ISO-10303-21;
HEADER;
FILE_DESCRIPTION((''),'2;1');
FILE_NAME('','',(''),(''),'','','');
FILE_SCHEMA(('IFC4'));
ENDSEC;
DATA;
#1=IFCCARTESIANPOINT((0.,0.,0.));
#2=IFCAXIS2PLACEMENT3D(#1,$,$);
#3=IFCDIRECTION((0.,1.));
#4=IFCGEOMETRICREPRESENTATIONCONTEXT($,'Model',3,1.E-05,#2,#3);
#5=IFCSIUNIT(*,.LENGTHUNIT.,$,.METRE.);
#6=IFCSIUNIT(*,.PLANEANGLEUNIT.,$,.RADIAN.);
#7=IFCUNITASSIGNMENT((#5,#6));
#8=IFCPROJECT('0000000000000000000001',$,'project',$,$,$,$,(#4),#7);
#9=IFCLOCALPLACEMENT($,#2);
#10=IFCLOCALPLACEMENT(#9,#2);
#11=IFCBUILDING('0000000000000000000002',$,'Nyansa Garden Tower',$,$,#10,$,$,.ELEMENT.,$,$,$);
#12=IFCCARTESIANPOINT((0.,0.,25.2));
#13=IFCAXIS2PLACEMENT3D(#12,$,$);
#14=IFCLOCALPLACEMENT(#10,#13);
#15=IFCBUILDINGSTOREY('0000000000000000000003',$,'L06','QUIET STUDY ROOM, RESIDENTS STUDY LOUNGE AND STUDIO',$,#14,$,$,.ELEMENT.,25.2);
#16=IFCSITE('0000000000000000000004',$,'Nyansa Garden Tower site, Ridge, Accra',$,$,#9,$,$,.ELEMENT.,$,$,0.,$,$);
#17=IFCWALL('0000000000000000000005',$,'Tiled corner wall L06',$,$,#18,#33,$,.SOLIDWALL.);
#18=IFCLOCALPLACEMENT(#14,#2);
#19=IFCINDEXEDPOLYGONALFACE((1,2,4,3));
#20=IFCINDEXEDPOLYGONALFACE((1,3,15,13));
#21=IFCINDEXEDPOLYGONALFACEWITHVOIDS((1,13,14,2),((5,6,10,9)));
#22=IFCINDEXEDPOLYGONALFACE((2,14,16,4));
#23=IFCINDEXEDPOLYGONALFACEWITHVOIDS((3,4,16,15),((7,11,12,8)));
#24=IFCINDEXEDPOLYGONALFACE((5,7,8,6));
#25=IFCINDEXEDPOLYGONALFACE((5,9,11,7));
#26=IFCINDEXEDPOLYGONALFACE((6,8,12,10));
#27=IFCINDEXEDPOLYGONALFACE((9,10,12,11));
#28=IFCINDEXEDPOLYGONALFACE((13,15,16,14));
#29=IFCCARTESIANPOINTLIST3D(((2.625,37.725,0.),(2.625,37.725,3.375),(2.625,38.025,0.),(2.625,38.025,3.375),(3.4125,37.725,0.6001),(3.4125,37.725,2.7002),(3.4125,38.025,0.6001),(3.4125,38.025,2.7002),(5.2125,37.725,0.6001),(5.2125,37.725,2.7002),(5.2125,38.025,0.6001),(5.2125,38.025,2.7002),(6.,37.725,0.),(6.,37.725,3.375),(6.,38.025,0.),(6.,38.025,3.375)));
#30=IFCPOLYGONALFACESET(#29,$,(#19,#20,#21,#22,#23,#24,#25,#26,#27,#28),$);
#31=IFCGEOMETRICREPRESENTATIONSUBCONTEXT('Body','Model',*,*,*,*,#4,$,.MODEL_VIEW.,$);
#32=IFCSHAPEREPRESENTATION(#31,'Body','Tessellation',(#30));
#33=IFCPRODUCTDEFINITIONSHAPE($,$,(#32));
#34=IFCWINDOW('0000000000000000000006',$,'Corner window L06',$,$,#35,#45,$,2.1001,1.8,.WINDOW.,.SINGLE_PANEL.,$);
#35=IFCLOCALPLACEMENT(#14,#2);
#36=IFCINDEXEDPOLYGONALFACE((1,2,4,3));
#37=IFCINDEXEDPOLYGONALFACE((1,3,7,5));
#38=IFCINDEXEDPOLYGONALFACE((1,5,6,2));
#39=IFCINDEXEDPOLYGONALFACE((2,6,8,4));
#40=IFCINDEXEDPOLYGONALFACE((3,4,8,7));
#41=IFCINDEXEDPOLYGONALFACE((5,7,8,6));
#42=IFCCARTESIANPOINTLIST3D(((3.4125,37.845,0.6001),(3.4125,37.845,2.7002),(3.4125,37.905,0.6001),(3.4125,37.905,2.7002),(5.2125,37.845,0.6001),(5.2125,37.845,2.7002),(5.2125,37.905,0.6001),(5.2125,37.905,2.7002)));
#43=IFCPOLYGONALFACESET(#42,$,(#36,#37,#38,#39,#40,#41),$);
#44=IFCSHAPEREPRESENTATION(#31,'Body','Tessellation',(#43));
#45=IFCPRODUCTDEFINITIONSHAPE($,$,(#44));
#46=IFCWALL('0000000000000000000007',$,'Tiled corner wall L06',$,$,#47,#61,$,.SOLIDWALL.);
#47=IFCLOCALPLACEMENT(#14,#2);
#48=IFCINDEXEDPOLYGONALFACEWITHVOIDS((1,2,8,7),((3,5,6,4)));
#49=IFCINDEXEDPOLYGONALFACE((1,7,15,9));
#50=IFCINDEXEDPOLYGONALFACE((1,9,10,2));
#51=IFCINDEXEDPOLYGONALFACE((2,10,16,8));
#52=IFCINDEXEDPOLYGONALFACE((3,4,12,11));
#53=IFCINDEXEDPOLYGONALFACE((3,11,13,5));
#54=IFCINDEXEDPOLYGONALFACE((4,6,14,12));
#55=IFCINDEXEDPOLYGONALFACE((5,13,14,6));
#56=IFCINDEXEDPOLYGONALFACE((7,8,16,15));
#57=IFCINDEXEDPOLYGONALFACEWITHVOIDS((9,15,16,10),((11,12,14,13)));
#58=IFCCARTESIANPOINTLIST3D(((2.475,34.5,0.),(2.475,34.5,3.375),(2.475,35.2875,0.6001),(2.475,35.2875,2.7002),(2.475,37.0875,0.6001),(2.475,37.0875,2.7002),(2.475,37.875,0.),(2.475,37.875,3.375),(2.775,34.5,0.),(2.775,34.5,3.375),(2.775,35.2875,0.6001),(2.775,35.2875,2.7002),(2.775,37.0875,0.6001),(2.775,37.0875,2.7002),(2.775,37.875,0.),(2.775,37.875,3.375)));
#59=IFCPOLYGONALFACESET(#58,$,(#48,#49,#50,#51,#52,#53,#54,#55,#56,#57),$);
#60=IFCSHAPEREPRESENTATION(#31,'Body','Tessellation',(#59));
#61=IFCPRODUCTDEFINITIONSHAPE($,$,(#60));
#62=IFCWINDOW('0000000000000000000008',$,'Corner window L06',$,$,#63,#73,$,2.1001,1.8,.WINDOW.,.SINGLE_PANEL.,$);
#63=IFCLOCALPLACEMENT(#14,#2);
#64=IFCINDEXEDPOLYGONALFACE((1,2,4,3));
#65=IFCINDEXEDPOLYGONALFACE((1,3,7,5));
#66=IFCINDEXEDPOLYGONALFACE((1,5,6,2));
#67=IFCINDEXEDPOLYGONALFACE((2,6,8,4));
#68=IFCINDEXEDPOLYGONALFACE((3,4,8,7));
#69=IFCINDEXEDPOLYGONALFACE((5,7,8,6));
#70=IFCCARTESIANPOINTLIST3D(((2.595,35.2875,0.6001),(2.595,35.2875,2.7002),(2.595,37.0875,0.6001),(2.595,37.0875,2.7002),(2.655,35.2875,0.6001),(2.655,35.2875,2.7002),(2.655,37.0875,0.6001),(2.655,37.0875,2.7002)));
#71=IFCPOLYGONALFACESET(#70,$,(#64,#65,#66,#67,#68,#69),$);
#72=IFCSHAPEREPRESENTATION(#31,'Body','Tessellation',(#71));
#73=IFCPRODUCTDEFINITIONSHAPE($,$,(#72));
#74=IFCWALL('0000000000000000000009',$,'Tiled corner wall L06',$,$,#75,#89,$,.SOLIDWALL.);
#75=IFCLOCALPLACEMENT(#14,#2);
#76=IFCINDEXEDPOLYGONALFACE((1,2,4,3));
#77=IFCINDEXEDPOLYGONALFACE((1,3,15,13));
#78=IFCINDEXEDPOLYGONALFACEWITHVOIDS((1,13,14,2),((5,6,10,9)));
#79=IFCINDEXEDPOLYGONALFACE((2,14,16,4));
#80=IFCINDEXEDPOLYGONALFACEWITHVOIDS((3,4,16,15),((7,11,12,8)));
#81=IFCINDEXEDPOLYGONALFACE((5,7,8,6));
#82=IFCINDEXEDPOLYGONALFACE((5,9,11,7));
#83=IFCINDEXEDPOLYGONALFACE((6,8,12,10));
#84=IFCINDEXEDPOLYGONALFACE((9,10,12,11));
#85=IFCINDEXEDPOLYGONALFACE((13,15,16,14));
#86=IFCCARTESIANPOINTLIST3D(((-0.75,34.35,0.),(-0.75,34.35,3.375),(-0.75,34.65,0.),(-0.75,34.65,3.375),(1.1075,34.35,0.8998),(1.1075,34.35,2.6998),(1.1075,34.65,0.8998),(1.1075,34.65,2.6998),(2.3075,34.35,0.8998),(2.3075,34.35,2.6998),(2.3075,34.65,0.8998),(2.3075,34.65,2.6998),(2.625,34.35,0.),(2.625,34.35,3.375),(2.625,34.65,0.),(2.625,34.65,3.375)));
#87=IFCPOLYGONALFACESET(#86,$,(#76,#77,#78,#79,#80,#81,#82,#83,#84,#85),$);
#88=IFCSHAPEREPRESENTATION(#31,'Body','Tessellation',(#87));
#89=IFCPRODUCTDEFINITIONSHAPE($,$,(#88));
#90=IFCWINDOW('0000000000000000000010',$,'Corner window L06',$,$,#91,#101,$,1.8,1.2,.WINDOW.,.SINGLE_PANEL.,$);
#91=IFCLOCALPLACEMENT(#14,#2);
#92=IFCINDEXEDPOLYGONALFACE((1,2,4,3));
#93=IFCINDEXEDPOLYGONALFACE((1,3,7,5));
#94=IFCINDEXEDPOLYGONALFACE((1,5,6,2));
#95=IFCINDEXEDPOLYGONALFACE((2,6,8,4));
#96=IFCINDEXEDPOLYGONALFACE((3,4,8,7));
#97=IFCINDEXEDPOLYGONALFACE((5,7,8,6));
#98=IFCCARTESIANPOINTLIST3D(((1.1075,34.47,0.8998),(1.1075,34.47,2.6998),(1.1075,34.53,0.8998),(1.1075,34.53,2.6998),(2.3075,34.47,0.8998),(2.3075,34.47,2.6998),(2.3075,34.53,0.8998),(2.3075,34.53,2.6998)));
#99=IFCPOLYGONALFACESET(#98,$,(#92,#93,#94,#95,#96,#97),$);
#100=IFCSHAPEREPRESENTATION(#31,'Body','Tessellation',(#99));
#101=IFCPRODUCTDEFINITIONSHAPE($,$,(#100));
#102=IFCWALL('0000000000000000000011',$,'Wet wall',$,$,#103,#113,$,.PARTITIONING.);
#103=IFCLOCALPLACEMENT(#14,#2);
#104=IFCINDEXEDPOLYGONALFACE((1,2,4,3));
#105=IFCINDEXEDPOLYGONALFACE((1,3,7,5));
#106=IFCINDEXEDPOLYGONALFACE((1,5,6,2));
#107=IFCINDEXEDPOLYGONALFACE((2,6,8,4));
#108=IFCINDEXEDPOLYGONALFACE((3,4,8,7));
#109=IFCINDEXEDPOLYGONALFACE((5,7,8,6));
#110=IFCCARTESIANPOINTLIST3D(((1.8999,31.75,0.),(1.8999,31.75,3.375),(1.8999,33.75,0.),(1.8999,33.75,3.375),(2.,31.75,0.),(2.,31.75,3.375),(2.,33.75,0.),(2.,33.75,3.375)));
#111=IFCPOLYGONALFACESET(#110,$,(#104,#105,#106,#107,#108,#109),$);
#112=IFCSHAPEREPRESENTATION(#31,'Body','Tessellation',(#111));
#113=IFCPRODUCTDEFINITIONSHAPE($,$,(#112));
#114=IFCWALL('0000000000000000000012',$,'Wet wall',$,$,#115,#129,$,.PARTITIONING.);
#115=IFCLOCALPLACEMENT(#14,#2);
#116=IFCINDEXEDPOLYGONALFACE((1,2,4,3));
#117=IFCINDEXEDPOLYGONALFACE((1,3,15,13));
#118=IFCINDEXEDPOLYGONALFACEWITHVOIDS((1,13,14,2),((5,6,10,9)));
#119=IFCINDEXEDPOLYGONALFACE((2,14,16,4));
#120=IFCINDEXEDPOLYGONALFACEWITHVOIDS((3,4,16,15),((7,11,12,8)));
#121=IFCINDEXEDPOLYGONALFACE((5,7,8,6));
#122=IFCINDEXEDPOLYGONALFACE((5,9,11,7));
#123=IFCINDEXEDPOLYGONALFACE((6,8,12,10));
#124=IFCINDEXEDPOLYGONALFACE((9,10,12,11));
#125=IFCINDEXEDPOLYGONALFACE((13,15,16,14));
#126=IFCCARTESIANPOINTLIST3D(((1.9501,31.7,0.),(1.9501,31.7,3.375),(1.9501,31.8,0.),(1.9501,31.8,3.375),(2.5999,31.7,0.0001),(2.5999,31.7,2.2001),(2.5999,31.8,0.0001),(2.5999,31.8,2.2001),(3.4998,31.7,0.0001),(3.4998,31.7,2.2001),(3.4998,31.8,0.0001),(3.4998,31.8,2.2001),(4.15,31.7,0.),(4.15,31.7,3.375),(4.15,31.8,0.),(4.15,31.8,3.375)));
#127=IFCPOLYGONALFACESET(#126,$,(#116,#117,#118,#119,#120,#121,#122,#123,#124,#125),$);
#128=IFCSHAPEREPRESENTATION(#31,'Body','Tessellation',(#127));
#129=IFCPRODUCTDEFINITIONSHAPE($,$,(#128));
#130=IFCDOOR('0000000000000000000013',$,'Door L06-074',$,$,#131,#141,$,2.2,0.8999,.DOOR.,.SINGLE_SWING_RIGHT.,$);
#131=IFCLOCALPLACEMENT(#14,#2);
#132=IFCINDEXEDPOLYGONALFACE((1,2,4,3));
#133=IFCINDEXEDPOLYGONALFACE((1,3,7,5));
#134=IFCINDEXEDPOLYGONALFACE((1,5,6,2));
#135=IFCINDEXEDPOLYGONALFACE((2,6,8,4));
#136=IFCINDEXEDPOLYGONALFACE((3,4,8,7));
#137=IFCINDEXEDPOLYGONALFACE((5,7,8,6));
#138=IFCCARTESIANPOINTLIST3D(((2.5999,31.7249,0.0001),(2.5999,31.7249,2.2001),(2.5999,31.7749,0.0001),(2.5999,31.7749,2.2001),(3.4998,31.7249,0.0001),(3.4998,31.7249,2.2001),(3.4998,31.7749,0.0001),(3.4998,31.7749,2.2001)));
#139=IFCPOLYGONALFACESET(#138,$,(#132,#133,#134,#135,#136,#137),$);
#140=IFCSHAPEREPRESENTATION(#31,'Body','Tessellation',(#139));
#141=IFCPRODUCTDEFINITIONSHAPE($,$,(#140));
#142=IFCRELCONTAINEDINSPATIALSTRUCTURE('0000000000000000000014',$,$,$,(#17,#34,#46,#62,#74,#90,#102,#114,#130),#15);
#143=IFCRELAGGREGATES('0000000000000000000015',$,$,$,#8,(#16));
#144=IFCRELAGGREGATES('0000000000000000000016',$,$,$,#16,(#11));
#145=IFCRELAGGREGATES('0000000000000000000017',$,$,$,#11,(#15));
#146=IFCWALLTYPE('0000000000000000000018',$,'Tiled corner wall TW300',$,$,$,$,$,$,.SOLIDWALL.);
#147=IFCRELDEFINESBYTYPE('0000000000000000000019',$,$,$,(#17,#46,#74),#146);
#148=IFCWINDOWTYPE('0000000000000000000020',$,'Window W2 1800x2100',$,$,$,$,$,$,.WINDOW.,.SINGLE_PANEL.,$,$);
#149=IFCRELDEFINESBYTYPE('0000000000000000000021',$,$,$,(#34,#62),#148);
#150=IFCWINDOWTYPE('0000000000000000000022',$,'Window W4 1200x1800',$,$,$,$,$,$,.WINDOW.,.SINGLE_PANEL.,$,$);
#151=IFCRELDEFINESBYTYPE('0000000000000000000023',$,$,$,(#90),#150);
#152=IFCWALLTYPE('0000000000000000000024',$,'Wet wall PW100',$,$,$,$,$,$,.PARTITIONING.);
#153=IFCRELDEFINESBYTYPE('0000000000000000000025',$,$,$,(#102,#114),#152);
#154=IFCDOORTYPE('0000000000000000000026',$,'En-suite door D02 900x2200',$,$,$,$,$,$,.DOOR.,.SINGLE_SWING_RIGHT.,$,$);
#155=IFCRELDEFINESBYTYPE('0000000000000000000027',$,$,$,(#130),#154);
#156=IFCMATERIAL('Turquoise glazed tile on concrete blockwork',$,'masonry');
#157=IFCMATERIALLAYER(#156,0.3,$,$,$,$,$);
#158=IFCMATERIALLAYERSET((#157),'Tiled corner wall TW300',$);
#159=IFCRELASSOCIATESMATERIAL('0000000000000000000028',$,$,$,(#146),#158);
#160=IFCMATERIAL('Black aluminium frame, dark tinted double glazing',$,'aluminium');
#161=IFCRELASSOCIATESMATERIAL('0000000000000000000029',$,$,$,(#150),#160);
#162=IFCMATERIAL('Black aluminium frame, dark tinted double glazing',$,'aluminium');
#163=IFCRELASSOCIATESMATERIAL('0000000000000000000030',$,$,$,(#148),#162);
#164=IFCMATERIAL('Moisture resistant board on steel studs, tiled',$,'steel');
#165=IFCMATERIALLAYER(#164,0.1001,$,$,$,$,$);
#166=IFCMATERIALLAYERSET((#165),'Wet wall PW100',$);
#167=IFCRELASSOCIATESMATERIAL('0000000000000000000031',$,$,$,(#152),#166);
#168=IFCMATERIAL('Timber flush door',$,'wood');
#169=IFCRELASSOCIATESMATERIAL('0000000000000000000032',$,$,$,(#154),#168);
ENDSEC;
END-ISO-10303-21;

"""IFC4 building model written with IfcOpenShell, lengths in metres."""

from ifc_helpers import new_model, si_unit, direction, frame, frame_2d, origin, place, context, subcontext, project, spatial, rectangle, extrude, material, layer, layer_set, type_object, element, fill, save


model = new_model("IFC4")

# Units and contexts
model_context = context("Model", 3, precision=1e-05, world=origin(), true_north=direction((0.0, 1.0)))
body_context = subcontext(model_context, "Body", "Model", "MODEL_VIEW")
ifc_project = project(units=[si_unit("LENGTHUNIT", "METRE"), si_unit("PLANEANGLEUNIT", "RADIAN")], contexts=[model_context])

# Site, building, storey
site_placement = place(None, origin())
site = spatial("IfcSite", under=ifc_project, at=site_placement, Name="Nyansa Garden Tower site, Ridge, Accra", CompositionType="ELEMENT", RefElevation=0.0)
building_placement = place(site_placement, origin())
building = spatial("IfcBuilding", under=site, at=building_placement, Name="Nyansa Garden Tower", CompositionType="ELEMENT")
storey_placement = place(building_placement, frame((0.0, 0.0, 25.2)))
storey = spatial("IfcBuildingStorey", under=building, at=storey_placement, Name="L06", Description="QUIET STUDY ROOM, RESIDENTS STUDY LOUNGE AND STUDIO", CompositionType="ELEMENT", Elevation=25.2)

# Walls, openings, windows
ifc_material_1 = material(Name="Turquoise glazed tile on concrete blockwork", Category="masonry")
ifc_layer_1 = layer(ifc_material_1, 0.3)
ifc_layer_set_1 = layer_set([ifc_layer_1], Name="Tiled corner wall TW300")
wall_type_1 = type_object("IfcWallType", Name="Tiled corner wall TW300", PredefinedType="SOLIDWALL", material=ifc_layer_set_1)
ifc_material_2 = material(Name="Black aluminium frame, dark tinted double glazing", Category="aluminium")
window_type_1 = type_object("IfcWindowType", Name="Window W4 1200x1800", PartitioningType="SINGLE_PANEL", PredefinedType="WINDOW", material=ifc_material_2)
wall_1_placement = place(storey_placement, frame((6.0, 37.875, 0.0), z_axis=(0.0, 0.0, 1.0), x_axis=(-1.0, 0.0, 0.0)))
wall_1 = element("IfcWall", 1, at=wall_1_placement, inside=storey, type_object=wall_type_1, Name="Tiled corner wall L06", PredefinedType="SOLIDWALL", context=body_context, shape_type="SweptSolid", body=[
    extrude(rectangle(XDim=3.375, YDim=0.3, at=frame_2d((1.6875, 0.0))), origin(), (0.0, 0.0, 1.0), 3.375),
])
opening_1_placement = place(wall_1_placement, frame((0.7876, 0.0, 0.6001)))
opening_1 = element("IfcOpeningElement", 2, at=opening_1_placement, cuts=wall_1, PredefinedType="OPENING", context=body_context, shape_type="SweptSolid", body=[
    extrude(rectangle(XDim=1.8, YDim=2.1001, at=frame_2d((0.8999, 1.05))), frame((0.0, 0.1599, 0.0), z_axis=(0.0, -1.0, 0.0), x_axis=(1.0, 0.0, 0.0)), (0.0, 0.0, 1.0), 0.3201),
])
ifc_material_3 = material(Name="Black aluminium frame, dark tinted double glazing", Category="aluminium")
window_type_2 = type_object("IfcWindowType", Name="Window W2 1800x2100", PartitioningType="SINGLE_PANEL", PredefinedType="WINDOW", material=ifc_material_3)
window_1_placement = place(opening_1_placement, origin())
window_1 = element("IfcWindow", 3, at=window_1_placement, inside=storey, type_object=window_type_2, Name="Corner window L06", OverallHeight=2.1001, OverallWidth=1.8, PartitioningType="SINGLE_PANEL", PredefinedType="WINDOW", context=body_context, shape_type="SweptSolid", body=[
    extrude(rectangle(XDim=1.8, YDim=2.1001, at=frame_2d((0.8999, 1.05))), frame((0.0, 0.03, 0.0), z_axis=(0.0, -1.0, 0.0), x_axis=(1.0, 0.0, 0.0)), (0.0, 0.0, 1.0), 0.0601),
])
fill(opening_1, window_1)
wall_2_placement = place(storey_placement, frame((2.625, 37.875, 0.0), z_axis=(0.0, 0.0, 1.0), x_axis=(0.0, -1.0, 0.0)))
wall_2 = element("IfcWall", 4, at=wall_2_placement, inside=storey, type_object=wall_type_1, Name="Tiled corner wall L06", PredefinedType="SOLIDWALL", context=body_context, shape_type="SweptSolid", body=[
    extrude(rectangle(XDim=3.375, YDim=0.3, at=frame_2d((1.6875, 0.0))), origin(), (0.0, 0.0, 1.0), 3.375),
])
opening_2_placement = place(wall_2_placement, frame((0.7876, 0.0, 0.6001)))
opening_2 = element("IfcOpeningElement", 5, at=opening_2_placement, cuts=wall_2, PredefinedType="OPENING", context=body_context, shape_type="SweptSolid", body=[
    extrude(rectangle(XDim=1.8, YDim=2.1001, at=frame_2d((0.8999, 1.05))), frame((0.0, 0.1599, 0.0), z_axis=(0.0, -1.0, 0.0), x_axis=(1.0, 0.0, 0.0)), (0.0, 0.0, 1.0), 0.3201),
])
window_2_placement = place(opening_2_placement, origin())
window_2 = element("IfcWindow", 6, at=window_2_placement, inside=storey, type_object=window_type_2, Name="Corner window L06", OverallHeight=2.1001, OverallWidth=1.8, PartitioningType="SINGLE_PANEL", PredefinedType="WINDOW", context=body_context, shape_type="SweptSolid", body=[
    extrude(rectangle(XDim=1.8, YDim=2.1001, at=frame_2d((0.8999, 1.05))), frame((0.0, 0.03, 0.0), z_axis=(0.0, -1.0, 0.0), x_axis=(1.0, 0.0, 0.0)), (0.0, 0.0, 1.0), 0.0601),
])
fill(opening_2, window_2)
wall_3_placement = place(storey_placement, frame((2.625, 34.5, 0.0), z_axis=(0.0, 0.0, 1.0), x_axis=(-1.0, 0.0, 0.0)))
wall_3 = element("IfcWall", 7, at=wall_3_placement, inside=storey, type_object=wall_type_1, Name="Tiled corner wall L06", PredefinedType="SOLIDWALL", context=body_context, shape_type="SweptSolid", body=[
    extrude(rectangle(XDim=3.375, YDim=0.3, at=frame_2d((1.6875, 0.0))), origin(), (0.0, 0.0, 1.0), 3.375),
])
opening_3_placement = place(wall_3_placement, frame((0.3174, 0.0, 0.8999)))
opening_3 = element("IfcOpeningElement", 8, at=opening_3_placement, cuts=wall_3, PredefinedType="OPENING", context=body_context, shape_type="SweptSolid", body=[
    extrude(rectangle(XDim=1.2, YDim=1.8, at=frame_2d((0.6001, 0.8999))), frame((0.0, 0.1599, 0.0), z_axis=(0.0, -1.0, 0.0), x_axis=(1.0, 0.0, 0.0)), (0.0, 0.0, 1.0), 0.3201),
])
window_3_placement = place(opening_3_placement, origin())
window_3 = element("IfcWindow", 9, at=window_3_placement, inside=storey, type_object=window_type_1, Name="Corner window L06", OverallHeight=1.8, OverallWidth=1.2, PartitioningType="SINGLE_PANEL", PredefinedType="WINDOW", context=body_context, shape_type="SweptSolid", body=[
    extrude(rectangle(XDim=1.2, YDim=1.8, at=frame_2d((0.6001, 0.8999))), frame((0.0, 0.03, 0.0), z_axis=(0.0, -1.0, 0.0), x_axis=(1.0, 0.0, 0.0)), (0.0, 0.0, 1.0), 0.0601),
])
fill(opening_3, window_3)

# Wall
ifc_material_4 = material(Name="Moisture resistant board on steel studs, tiled", Category="steel")
ifc_layer_2 = layer(ifc_material_4, 0.1001)
ifc_layer_set_2 = layer_set([ifc_layer_2], Name="Wet wall PW100")
wall_type_2 = type_object("IfcWallType", Name="Wet wall PW100", PredefinedType="PARTITIONING", material=ifc_layer_set_2)
wall_4_placement = place(storey_placement, frame((1.95, 31.75, 0.0), z_axis=(0.0, 0.0, 1.0), x_axis=(0.0, 1.0, 0.0)))
element("IfcWall", 10, at=wall_4_placement, inside=storey, type_object=wall_type_2, Name="Wet wall", PredefinedType="PARTITIONING", context=body_context, shape_type="SweptSolid", body=[
    extrude(rectangle(XDim=2.0, YDim=0.1001, at=frame_2d((1.0, 0.0))), origin(), (0.0, 0.0, 1.0), 3.375),
])

# Wall, opening, door
wall_5_placement = place(storey_placement, frame((1.95, 31.75, 0.0), z_axis=(0.0, 0.0, 1.0), x_axis=(1.0, 0.0, 0.0)))
wall_5 = element("IfcWall", 11, at=wall_5_placement, inside=storey, type_object=wall_type_2, Name="Wet wall", PredefinedType="PARTITIONING", context=body_context, shape_type="SweptSolid", body=[
    extrude(rectangle(XDim=2.2, YDim=0.1001, at=frame_2d((1.1001, 0.0))), origin(), (0.0, 0.0, 1.0), 3.375),
])
opening_4_placement = place(wall_5_placement, frame((0.6499, 0.0, 0.0)))
opening_4 = element("IfcOpeningElement", 12, at=opening_4_placement, cuts=wall_5, PredefinedType="OPENING", context=body_context, shape_type="SweptSolid", body=[
    extrude(rectangle(XDim=0.8999, YDim=2.2, at=frame_2d((0.45, 1.1001))), frame((0.0, 0.0601, 0.0), z_axis=(0.0, -1.0, 0.0), x_axis=(1.0, 0.0, 0.0)), (0.0, 0.0, 1.0), 0.1201),
])
ifc_material_5 = material(Name="Timber flush door", Category="wood")
door_type = type_object("IfcDoorType", Name="En-suite door D02 900x2200", OperationType="SINGLE_SWING_RIGHT", PredefinedType="DOOR", material=ifc_material_5)
door_placement = place(opening_4_placement, origin())
door = element("IfcDoor", 13, at=door_placement, inside=storey, type_object=door_type, Name="Door L06-074", OperationType="SINGLE_SWING_RIGHT", OverallHeight=2.2, OverallWidth=0.8999, PredefinedType="DOOR", context=body_context, shape_type="SweptSolid", body=[
    extrude(rectangle(XDim=0.8999, YDim=2.2, at=frame_2d((0.45, 1.1001))), frame((0.0, 0.0249, 0.0), z_axis=(0.0, -1.0, 0.0), x_axis=(1.0, 0.0, 0.0)), (0.0, 0.0, 1.0), 0.05),
])
fill(opening_4, door)

save(model, "model.ifc")
